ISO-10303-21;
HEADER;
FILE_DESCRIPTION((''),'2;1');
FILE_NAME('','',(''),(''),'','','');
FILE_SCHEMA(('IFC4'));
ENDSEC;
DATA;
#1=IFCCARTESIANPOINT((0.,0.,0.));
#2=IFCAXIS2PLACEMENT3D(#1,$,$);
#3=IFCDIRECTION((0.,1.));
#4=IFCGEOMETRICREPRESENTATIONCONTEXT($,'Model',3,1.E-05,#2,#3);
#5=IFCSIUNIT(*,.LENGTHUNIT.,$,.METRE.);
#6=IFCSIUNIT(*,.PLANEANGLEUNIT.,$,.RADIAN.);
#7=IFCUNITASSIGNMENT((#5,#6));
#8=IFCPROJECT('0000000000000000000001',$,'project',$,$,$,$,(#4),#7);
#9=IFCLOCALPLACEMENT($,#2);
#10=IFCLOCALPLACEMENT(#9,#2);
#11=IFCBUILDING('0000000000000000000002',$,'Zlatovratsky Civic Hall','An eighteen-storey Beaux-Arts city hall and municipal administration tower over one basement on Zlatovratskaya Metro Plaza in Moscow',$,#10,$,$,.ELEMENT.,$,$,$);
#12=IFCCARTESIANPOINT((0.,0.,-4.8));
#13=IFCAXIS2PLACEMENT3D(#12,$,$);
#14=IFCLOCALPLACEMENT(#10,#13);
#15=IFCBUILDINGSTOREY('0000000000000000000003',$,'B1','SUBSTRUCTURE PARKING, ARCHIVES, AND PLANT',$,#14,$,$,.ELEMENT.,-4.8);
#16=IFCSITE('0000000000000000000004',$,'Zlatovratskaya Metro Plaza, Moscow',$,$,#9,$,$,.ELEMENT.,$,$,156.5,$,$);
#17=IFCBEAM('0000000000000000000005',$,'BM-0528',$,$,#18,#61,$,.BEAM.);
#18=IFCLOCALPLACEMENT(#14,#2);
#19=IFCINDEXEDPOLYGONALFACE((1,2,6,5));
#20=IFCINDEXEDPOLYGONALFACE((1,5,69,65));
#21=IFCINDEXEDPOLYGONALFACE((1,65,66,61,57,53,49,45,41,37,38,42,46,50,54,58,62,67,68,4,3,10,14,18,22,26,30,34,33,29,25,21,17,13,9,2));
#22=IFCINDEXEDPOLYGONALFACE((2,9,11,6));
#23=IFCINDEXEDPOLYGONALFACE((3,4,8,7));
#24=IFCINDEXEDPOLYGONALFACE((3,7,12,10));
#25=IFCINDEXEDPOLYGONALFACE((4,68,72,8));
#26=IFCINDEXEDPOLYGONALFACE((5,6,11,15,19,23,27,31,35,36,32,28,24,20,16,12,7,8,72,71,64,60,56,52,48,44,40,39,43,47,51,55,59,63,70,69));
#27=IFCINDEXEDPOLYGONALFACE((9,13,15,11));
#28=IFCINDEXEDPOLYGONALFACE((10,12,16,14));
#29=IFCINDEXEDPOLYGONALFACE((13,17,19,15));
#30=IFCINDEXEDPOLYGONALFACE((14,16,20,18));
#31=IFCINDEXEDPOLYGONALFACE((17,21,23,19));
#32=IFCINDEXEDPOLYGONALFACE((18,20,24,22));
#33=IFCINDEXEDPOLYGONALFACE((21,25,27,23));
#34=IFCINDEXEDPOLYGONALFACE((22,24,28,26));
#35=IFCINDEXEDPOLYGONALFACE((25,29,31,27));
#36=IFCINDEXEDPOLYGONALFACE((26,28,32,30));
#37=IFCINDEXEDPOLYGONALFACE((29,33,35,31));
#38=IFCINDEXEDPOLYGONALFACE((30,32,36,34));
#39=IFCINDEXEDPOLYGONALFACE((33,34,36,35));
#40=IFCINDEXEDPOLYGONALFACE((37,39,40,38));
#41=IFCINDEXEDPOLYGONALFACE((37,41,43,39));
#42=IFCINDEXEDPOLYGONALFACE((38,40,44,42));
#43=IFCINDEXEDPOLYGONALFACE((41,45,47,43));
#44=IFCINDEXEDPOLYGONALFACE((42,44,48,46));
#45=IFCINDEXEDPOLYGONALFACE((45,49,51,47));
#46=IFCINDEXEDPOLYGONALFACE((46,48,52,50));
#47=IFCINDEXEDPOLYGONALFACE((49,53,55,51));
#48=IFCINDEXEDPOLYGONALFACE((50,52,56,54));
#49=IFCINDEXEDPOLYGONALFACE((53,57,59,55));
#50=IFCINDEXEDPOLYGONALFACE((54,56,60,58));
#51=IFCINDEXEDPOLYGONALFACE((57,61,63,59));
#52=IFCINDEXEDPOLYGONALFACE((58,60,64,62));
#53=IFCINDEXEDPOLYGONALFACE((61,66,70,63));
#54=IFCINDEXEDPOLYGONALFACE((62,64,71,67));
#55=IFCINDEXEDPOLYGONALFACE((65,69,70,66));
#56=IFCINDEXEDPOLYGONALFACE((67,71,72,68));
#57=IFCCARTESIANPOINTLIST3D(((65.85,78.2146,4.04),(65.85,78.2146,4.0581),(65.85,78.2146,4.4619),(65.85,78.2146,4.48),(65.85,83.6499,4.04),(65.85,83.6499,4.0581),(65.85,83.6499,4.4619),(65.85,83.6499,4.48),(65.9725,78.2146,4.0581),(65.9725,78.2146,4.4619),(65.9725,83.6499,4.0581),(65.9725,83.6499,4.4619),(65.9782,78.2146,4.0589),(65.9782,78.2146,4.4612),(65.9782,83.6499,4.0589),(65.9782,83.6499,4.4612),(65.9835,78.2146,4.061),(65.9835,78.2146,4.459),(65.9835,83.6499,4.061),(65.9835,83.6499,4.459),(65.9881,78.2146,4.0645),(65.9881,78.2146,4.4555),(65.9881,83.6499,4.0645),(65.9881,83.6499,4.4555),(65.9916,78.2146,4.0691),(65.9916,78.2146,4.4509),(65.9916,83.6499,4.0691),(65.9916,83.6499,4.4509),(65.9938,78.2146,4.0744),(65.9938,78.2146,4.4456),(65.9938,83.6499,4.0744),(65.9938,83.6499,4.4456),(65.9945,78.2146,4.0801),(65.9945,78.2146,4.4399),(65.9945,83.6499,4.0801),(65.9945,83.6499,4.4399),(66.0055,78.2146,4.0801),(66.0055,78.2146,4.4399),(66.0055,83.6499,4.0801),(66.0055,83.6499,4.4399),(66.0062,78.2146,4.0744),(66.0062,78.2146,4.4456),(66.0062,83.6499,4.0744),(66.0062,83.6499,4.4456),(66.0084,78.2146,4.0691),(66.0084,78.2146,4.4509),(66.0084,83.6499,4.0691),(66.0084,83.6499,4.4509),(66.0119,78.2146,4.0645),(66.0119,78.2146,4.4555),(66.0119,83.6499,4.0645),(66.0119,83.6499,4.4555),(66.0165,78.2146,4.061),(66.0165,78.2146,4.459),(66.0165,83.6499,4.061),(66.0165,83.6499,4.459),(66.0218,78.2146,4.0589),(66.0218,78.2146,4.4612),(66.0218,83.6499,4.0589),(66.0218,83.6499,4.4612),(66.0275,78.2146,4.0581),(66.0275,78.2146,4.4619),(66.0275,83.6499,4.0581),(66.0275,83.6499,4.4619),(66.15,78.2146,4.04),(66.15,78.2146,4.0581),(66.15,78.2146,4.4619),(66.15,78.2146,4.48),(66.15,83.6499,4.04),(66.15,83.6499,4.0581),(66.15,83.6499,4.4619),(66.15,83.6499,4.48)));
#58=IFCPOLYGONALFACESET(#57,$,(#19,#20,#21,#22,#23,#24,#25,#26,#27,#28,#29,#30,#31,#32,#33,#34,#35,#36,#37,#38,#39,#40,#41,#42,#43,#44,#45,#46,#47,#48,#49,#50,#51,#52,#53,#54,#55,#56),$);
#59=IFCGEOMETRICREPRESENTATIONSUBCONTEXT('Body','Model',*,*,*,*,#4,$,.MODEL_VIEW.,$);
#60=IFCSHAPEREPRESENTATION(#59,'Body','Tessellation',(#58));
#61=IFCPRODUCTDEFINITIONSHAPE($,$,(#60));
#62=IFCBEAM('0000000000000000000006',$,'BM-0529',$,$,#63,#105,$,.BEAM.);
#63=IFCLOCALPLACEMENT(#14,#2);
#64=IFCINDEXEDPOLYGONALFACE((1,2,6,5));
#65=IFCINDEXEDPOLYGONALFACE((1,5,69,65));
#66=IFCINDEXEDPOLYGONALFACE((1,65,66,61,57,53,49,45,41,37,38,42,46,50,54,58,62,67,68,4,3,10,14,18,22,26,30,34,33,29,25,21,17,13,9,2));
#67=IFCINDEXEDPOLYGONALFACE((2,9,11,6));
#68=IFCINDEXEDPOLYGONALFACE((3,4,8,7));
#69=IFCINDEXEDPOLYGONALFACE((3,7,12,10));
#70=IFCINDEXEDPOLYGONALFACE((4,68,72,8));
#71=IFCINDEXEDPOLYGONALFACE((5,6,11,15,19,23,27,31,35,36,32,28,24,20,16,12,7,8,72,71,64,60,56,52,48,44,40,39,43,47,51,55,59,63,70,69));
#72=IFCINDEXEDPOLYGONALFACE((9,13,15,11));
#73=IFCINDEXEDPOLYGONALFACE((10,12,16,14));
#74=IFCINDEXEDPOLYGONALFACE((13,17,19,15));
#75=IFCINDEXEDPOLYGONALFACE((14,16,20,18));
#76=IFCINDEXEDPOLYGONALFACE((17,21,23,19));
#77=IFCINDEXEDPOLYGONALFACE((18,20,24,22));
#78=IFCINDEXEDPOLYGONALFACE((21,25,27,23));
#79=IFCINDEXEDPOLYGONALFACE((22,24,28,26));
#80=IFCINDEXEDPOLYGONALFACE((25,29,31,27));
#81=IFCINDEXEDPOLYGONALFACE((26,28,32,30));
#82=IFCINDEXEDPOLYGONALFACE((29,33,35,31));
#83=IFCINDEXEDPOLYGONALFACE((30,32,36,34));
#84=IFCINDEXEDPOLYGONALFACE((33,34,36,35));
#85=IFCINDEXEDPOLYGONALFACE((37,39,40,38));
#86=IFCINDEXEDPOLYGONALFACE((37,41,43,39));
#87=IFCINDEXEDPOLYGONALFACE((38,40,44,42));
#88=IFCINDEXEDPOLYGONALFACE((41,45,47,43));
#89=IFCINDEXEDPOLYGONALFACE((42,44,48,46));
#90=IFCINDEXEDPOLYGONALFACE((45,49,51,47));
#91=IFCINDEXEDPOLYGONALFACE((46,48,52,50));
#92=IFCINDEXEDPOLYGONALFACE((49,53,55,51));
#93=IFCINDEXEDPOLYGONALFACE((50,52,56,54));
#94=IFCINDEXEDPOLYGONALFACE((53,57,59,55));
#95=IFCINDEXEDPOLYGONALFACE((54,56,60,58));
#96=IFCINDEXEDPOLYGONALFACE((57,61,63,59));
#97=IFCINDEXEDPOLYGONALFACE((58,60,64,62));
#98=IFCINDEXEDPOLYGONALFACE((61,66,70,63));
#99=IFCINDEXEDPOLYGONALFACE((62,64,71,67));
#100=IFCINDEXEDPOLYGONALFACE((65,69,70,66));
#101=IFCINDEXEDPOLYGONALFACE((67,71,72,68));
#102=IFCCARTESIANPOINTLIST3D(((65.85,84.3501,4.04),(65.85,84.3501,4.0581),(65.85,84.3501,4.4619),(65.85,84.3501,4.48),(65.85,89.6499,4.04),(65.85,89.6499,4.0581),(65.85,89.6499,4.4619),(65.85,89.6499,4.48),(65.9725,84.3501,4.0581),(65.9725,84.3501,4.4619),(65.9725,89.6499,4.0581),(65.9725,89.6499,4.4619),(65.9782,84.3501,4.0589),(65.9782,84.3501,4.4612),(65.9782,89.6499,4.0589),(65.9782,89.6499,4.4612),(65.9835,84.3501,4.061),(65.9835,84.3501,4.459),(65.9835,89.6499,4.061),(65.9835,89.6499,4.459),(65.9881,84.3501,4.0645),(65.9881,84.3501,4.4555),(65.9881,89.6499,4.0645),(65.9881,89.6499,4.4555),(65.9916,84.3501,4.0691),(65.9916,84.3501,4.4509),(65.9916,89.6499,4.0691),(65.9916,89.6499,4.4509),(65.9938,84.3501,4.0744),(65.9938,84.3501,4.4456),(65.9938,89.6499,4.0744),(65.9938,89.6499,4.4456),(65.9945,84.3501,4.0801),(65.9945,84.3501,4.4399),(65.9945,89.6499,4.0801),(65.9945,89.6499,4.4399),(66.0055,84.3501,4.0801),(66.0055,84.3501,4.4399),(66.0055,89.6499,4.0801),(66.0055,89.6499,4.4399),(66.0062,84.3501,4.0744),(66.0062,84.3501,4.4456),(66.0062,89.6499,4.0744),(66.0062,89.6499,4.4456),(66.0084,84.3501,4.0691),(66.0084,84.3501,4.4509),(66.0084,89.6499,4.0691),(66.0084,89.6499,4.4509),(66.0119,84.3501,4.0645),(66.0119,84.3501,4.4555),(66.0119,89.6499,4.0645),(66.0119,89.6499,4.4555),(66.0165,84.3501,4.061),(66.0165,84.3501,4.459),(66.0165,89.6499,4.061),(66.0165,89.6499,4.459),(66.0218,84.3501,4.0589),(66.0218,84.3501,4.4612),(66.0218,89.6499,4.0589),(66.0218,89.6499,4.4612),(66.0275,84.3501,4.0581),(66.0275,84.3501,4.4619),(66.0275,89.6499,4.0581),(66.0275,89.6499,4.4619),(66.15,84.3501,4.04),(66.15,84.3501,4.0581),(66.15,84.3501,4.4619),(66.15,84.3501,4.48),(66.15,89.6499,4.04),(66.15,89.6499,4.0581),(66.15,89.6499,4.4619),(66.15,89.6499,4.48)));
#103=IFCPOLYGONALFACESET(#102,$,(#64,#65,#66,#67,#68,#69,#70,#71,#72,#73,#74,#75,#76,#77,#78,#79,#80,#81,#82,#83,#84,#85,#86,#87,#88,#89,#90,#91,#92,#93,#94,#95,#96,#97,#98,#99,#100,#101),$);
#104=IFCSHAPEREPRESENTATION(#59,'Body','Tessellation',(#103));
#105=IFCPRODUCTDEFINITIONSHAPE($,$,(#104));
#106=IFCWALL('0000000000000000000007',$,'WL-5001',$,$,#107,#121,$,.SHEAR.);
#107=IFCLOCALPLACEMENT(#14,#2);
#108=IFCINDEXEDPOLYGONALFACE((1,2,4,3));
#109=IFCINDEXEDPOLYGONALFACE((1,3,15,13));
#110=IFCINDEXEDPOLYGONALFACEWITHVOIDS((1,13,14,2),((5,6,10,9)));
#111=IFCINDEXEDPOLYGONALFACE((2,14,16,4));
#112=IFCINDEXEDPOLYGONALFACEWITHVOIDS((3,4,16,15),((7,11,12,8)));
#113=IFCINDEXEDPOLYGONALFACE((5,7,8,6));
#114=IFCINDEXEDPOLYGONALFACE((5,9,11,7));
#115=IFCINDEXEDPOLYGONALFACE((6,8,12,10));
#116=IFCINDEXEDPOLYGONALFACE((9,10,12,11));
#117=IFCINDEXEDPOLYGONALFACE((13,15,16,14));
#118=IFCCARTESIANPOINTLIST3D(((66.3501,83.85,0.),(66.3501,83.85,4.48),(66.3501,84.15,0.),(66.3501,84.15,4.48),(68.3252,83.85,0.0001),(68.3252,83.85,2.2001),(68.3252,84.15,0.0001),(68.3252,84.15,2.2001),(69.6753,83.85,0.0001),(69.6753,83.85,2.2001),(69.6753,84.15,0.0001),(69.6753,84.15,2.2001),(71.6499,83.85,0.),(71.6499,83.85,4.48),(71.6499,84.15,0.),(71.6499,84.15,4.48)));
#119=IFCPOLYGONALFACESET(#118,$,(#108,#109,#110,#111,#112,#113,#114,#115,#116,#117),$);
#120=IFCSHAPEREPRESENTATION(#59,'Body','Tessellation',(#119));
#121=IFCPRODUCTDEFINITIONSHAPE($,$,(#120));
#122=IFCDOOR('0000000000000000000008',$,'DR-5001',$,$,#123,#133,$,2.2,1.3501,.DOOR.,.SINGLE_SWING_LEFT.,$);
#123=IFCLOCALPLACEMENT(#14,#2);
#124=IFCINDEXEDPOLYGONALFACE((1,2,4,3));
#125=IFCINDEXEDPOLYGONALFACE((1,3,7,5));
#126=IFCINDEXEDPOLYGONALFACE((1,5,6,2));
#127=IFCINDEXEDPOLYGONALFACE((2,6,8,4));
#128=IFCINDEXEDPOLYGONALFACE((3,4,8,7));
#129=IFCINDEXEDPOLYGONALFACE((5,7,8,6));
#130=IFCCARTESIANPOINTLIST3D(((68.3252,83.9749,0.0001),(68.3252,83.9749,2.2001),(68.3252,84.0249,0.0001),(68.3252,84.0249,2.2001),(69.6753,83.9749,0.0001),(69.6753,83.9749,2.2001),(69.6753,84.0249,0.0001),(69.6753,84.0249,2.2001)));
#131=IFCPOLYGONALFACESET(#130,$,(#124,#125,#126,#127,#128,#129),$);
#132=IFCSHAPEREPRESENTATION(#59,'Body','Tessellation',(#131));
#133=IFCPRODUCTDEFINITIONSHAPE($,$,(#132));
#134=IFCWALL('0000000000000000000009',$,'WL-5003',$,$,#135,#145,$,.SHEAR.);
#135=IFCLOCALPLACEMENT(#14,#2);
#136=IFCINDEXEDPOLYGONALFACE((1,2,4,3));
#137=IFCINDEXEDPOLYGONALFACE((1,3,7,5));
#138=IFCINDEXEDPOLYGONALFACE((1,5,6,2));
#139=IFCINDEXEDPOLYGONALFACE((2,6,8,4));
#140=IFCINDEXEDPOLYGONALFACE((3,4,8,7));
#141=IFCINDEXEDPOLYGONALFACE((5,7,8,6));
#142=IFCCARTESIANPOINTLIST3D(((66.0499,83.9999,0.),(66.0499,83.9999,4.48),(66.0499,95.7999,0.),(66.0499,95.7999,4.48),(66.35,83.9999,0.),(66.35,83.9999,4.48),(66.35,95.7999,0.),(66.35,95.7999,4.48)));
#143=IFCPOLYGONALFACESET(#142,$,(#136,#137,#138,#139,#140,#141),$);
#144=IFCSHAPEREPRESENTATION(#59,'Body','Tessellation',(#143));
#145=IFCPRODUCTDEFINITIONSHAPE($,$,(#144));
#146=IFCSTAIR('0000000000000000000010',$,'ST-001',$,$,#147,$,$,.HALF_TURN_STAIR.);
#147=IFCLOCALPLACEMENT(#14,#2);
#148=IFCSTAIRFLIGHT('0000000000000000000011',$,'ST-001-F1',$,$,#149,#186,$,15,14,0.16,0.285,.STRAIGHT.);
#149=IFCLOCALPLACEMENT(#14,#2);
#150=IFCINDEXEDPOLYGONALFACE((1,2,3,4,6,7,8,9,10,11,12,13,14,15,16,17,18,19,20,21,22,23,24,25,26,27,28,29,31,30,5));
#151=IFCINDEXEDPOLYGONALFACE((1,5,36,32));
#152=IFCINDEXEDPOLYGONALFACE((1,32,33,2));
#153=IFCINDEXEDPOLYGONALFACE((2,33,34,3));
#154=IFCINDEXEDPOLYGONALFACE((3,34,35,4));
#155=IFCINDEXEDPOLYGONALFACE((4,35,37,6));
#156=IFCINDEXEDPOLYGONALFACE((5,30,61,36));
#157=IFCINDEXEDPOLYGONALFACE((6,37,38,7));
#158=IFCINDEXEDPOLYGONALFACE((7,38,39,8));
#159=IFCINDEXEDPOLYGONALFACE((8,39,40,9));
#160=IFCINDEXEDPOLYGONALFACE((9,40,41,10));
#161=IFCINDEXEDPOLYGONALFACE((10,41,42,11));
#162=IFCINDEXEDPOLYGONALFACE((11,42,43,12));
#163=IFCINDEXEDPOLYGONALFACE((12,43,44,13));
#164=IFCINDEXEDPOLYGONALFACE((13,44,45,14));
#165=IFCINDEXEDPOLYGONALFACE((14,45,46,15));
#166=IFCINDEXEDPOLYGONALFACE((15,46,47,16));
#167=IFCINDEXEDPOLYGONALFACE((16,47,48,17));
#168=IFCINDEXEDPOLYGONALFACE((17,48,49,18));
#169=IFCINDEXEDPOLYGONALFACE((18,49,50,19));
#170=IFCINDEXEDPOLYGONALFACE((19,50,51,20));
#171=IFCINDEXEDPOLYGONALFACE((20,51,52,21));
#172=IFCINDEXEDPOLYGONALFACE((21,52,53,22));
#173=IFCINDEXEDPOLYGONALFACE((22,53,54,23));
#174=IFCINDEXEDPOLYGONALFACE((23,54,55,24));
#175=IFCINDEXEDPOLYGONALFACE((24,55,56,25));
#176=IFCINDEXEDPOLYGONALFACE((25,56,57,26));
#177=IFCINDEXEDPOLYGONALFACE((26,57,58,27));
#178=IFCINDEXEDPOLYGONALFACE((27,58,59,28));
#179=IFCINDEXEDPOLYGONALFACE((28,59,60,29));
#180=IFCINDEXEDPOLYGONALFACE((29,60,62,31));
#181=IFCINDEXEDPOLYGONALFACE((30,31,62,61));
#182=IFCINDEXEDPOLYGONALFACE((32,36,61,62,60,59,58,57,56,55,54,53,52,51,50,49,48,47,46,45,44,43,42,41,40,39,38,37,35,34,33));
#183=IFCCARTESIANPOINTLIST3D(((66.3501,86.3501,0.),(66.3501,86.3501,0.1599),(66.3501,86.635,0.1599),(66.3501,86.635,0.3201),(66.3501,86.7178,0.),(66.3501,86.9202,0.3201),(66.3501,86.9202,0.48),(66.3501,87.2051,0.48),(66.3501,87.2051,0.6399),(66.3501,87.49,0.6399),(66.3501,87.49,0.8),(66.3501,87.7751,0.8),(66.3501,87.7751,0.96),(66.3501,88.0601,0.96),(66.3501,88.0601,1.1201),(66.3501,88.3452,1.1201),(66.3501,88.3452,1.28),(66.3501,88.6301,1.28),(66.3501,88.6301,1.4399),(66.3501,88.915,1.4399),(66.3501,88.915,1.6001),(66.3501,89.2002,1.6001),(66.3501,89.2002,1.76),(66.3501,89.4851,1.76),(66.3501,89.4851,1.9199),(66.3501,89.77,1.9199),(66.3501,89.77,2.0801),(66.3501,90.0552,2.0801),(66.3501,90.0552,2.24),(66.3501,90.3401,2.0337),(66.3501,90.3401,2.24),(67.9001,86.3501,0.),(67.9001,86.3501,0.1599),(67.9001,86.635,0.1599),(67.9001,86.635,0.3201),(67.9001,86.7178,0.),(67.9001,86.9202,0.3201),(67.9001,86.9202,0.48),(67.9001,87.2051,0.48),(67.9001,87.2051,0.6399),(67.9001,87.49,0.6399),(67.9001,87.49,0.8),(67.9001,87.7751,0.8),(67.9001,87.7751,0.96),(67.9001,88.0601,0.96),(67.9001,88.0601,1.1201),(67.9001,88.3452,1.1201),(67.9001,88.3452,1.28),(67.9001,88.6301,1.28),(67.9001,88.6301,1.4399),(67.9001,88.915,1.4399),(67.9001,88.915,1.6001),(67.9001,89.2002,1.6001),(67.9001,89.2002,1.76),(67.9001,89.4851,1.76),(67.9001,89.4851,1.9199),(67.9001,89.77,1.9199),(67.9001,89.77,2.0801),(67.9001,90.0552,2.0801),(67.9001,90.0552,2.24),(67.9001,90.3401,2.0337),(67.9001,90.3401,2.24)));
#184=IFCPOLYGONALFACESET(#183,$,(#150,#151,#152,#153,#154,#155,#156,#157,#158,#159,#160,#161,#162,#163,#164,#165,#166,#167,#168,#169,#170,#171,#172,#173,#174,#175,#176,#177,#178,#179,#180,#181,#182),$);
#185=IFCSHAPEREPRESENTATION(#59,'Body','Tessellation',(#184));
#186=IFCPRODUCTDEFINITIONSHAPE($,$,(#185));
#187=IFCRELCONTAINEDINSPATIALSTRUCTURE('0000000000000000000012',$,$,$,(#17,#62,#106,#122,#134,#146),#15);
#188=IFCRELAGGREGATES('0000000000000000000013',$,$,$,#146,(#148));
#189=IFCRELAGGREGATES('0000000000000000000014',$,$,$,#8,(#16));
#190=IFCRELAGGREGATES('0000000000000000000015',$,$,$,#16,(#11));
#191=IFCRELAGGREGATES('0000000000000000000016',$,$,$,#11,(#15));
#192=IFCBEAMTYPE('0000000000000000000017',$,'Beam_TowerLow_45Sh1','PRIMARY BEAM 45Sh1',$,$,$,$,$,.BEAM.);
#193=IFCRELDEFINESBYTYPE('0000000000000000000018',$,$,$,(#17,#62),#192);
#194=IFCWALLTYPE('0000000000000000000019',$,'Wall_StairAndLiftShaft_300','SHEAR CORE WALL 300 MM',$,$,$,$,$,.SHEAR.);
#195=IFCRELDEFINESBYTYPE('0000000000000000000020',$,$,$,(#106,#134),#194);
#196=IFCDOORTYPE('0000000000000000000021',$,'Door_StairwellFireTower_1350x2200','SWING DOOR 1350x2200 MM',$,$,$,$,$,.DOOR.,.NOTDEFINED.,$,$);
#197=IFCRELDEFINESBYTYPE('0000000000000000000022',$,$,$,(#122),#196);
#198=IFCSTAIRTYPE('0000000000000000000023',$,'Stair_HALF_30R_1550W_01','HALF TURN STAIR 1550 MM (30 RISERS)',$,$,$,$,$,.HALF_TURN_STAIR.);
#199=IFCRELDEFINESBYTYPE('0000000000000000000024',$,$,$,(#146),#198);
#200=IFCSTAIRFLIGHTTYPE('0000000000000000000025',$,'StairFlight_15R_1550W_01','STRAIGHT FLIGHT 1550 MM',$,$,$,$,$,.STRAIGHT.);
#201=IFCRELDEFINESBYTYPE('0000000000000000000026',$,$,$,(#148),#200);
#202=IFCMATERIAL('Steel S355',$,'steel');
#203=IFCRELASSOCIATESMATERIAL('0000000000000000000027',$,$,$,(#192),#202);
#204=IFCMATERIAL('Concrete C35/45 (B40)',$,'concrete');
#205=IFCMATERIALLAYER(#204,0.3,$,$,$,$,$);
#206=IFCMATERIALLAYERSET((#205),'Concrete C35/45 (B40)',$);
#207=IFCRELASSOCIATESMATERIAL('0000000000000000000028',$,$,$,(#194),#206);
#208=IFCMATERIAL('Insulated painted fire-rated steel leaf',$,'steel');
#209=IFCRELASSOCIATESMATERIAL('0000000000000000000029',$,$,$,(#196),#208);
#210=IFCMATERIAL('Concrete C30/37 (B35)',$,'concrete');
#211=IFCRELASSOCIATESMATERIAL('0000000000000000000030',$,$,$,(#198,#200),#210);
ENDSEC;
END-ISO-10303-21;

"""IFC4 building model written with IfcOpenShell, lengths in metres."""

from ifc_helpers import new_model, si_unit, direction, frame, frame_2d, origin, origin_2d, place, context, subcontext, project, spatial, polyline, rectangle, i_section, outline, extrude, material, layer, layer_set, material_profile, profile_set, type_object, element, fill, aggregate, save


model = new_model("IFC4")

# Units and contexts
model_context = context("Model", 3, precision=1e-05, world=origin(), true_north=direction((0.0, 1.0)))
body_context = subcontext(model_context, "Body", "Model", "MODEL_VIEW")
ifc_project = project(units=[si_unit("LENGTHUNIT", "METRE"), si_unit("PLANEANGLEUNIT", "RADIAN")], contexts=[model_context])

# Site, building, storey
site_placement = place(None, origin())
site = spatial("IfcSite", under=ifc_project, at=site_placement, Name="Zlatovratskaya Metro Plaza, Moscow", CompositionType="ELEMENT", RefElevation=156.5)
building_placement = place(site_placement, origin())
building = spatial("IfcBuilding", under=site, at=building_placement, Name="Zlatovratsky Civic Hall", Description="An eighteen-storey Beaux-Arts city hall and municipal administration tower over one basement on Zlatovratskaya Metro Plaza in Moscow", CompositionType="ELEMENT")
storey_placement = place(building_placement, frame((0.0, 0.0, -4.8)))
storey = spatial("IfcBuildingStorey", under=building, at=storey_placement, Name="B1", Description="SUBSTRUCTURE PARKING, ARCHIVES, AND PLANT", CompositionType="ELEMENT", Elevation=-4.8)

# Shared definitions
ifc_material_1 = material(Name="Concrete C35/45 (B40)", Category="concrete")

# Beams
ifc_material_2 = material(Name="Steel S355", Category="steel")
ifc_material_profile_1 = material_profile(ifc_material_2, i_section(OverallWidth=0.3, OverallDepth=0.4399, WebThickness=0.011, FlangeThickness=0.0181, FilletRadius=0.022, at=origin_2d()), Name="45Sh1")
ifc_profile_set_1 = profile_set([ifc_material_profile_1], Name="Steel S355")
beam_type = type_object("IfcBeamType", Name="Beam_TowerLow_45Sh1", Description="PRIMARY BEAM 45Sh1", PredefinedType="BEAM", material=ifc_profile_set_1)
beam_1_placement = place(storey_placement, frame((66.0, 78.2146, 4.26), z_axis=(0.0, 1.0, 0.0), x_axis=(-1.0, 0.0, 0.0)))
element("IfcBeam", 1, at=beam_1_placement, inside=storey, type_object=beam_type, Name="BM-0528", PredefinedType="BEAM", context=body_context, shape_type="SweptSolid", body=[
    extrude(i_section(OverallWidth=0.3, OverallDepth=0.4399, WebThickness=0.011, FlangeThickness=0.0181, FilletRadius=0.022, at=origin_2d()), origin(), (0.0, 0.0, 1.0), 5.4353),
])
beam_2_placement = place(storey_placement, frame((66.0, 84.3501, 4.26), z_axis=(0.0, 1.0, 0.0), x_axis=(-1.0, 0.0, 0.0)))
element("IfcBeam", 2, at=beam_2_placement, inside=storey, type_object=beam_type, Name="BM-0529", PredefinedType="BEAM", context=body_context, shape_type="SweptSolid", body=[
    extrude(i_section(OverallWidth=0.3, OverallDepth=0.4399, WebThickness=0.011, FlangeThickness=0.0181, FilletRadius=0.022, at=origin_2d()), origin(), (0.0, 0.0, 1.0), 5.2998),
])

# Wall, opening, door
ifc_layer = layer(ifc_material_1, 0.3)
ifc_layer_set = layer_set([ifc_layer], Name="Concrete C35/45 (B40)")
wall_type = type_object("IfcWallType", Name="Wall_StairAndLiftShaft_300", Description="SHEAR CORE WALL 300 MM", PredefinedType="SHEAR", material=ifc_layer_set)
wall_1_placement = place(storey_placement, frame((66.3501, 84.0, 0.0), z_axis=(0.0, 0.0, 1.0), x_axis=(1.0, 0.0, 0.0)))
wall_1 = element("IfcWall", 3, at=wall_1_placement, inside=storey, type_object=wall_type, Name="WL-5001", PredefinedType="SHEAR", context=body_context, shape_type="SweptSolid", body=[
    extrude(rectangle(XDim=5.2998, YDim=0.3, at=frame_2d((2.6499, 0.0))), origin(), (0.0, 0.0, 1.0), 4.48),
])
opening_placement = place(wall_1_placement, frame((1.9751, 0.0, 0.0)))
opening = element("IfcOpeningElement", 4, at=opening_placement, cuts=wall_1, PredefinedType="OPENING", context=body_context, shape_type="SweptSolid", body=[
    extrude(rectangle(XDim=1.3501, YDim=2.2, at=frame_2d((0.675, 1.1001))), frame((0.0, 0.165, 0.0), z_axis=(0.0, -1.0, 0.0), x_axis=(1.0, 0.0, 0.0)), (0.0, 0.0, 1.0), 0.3298),
])
ifc_material_3 = material(Name="Insulated painted fire-rated steel leaf", Category="steel")
door_type = type_object("IfcDoorType", Name="Door_StairwellFireTower_1350x2200", Description="SWING DOOR 1350x2200 MM", OperationType="NOTDEFINED", PredefinedType="DOOR", material=ifc_material_3)
door_placement = place(opening_placement, origin())
door = element("IfcDoor", 5, at=door_placement, inside=storey, type_object=door_type, Name="DR-5001", OperationType="SINGLE_SWING_LEFT", OverallHeight=2.2, OverallWidth=1.3501, PredefinedType="DOOR", context=body_context, shape_type="SweptSolid", body=[
    extrude(rectangle(XDim=1.3501, YDim=2.2, at=frame_2d((0.675, 1.1001))), frame((0.0, 0.0249, 0.0), z_axis=(0.0, -1.0, 0.0), x_axis=(1.0, 0.0, 0.0)), (0.0, 0.0, 1.0), 0.05),
])
fill(opening, door)

# Wall
wall_2_placement = place(storey_placement, frame((66.2, 84.0, 0.0), z_axis=(0.0, 0.0, 1.0), x_axis=(0.0, 1.0, 0.0)))
element("IfcWall", 6, at=wall_2_placement, inside=storey, type_object=wall_type, Name="WL-5003", PredefinedType="SHEAR", context=body_context, shape_type="SweptSolid", body=[
    extrude(rectangle(XDim=11.8, YDim=0.3, at=frame_2d((5.8999, 0.0))), origin(), (0.0, 0.0, 1.0), 4.48),
])

# Stair, stair flight
ifc_material_4 = material(Name="Concrete C30/37 (B35)", Category="concrete")
stair_type = type_object("IfcStairType", Name="Stair_HALF_30R_1550W_01", Description="HALF TURN STAIR 1550 MM (30 RISERS)", PredefinedType="HALF_TURN_STAIR", material=ifc_material_4)
stair_placement = place(storey_placement, origin())
stair = element("IfcStair", 7, at=stair_placement, inside=storey, type_object=stair_type, Name="ST-001", PredefinedType="HALF_TURN_STAIR")
stair_flight_type = type_object("IfcStairFlightType", Name="StairFlight_15R_1550W_01", Description="STRAIGHT FLIGHT 1550 MM", PredefinedType="STRAIGHT", material=ifc_material_4)
stair_flight_placement = place(storey_placement, frame((67.125, 86.3501, 0.0), z_axis=(0.0, 0.0, 1.0), x_axis=(0.0, 1.0, 0.0)))
stair_flight = element("IfcStairFlight", 8, at=stair_flight_placement, type_object=stair_flight_type, Name="ST-001-F1", NumberOfRisers=15, NumberOfTreads=14, PredefinedType="STRAIGHT", RiserHeight=0.16, TreadLength=0.285, context=body_context, shape_type="SweptSolid", body=[
    extrude(outline(polyline([(0.0, 0.0), (0.0, 0.1599), (0.2849, 0.1599), (0.2849, 0.3201), (0.5701, 0.3201), (0.5701, 0.48), (0.855, 0.48), (0.855, 0.6399), (1.1399, 0.6399), (1.1399, 0.8), (1.425, 0.8), (1.425, 0.96), (1.71, 0.96), (1.71, 1.1201), (1.9951, 1.1201), (1.9951, 1.28), (2.28, 1.28), (2.28, 1.4399), (2.5649, 1.4399), (2.5649, 1.6001), (2.8501, 1.6001), (2.8501, 1.76), (3.135, 1.76), (3.135, 1.9199), (3.4199, 1.9199), (3.4199, 2.0801), (3.7051, 2.0801), (3.7051, 2.24), (3.99, 2.24), (3.99, 2.3999), (3.99, 2.0337), (0.3677, 0.0), (0.0, 0.0)])), frame((0.0, 0.7749, 0.0), z_axis=(0.0, -1.0, 0.0), x_axis=(1.0, 0.0, 0.0)), (0.0, 0.0, 1.0), 1.55),
])
aggregate(stair, [stair_flight])

save(model, "model.ifc")
